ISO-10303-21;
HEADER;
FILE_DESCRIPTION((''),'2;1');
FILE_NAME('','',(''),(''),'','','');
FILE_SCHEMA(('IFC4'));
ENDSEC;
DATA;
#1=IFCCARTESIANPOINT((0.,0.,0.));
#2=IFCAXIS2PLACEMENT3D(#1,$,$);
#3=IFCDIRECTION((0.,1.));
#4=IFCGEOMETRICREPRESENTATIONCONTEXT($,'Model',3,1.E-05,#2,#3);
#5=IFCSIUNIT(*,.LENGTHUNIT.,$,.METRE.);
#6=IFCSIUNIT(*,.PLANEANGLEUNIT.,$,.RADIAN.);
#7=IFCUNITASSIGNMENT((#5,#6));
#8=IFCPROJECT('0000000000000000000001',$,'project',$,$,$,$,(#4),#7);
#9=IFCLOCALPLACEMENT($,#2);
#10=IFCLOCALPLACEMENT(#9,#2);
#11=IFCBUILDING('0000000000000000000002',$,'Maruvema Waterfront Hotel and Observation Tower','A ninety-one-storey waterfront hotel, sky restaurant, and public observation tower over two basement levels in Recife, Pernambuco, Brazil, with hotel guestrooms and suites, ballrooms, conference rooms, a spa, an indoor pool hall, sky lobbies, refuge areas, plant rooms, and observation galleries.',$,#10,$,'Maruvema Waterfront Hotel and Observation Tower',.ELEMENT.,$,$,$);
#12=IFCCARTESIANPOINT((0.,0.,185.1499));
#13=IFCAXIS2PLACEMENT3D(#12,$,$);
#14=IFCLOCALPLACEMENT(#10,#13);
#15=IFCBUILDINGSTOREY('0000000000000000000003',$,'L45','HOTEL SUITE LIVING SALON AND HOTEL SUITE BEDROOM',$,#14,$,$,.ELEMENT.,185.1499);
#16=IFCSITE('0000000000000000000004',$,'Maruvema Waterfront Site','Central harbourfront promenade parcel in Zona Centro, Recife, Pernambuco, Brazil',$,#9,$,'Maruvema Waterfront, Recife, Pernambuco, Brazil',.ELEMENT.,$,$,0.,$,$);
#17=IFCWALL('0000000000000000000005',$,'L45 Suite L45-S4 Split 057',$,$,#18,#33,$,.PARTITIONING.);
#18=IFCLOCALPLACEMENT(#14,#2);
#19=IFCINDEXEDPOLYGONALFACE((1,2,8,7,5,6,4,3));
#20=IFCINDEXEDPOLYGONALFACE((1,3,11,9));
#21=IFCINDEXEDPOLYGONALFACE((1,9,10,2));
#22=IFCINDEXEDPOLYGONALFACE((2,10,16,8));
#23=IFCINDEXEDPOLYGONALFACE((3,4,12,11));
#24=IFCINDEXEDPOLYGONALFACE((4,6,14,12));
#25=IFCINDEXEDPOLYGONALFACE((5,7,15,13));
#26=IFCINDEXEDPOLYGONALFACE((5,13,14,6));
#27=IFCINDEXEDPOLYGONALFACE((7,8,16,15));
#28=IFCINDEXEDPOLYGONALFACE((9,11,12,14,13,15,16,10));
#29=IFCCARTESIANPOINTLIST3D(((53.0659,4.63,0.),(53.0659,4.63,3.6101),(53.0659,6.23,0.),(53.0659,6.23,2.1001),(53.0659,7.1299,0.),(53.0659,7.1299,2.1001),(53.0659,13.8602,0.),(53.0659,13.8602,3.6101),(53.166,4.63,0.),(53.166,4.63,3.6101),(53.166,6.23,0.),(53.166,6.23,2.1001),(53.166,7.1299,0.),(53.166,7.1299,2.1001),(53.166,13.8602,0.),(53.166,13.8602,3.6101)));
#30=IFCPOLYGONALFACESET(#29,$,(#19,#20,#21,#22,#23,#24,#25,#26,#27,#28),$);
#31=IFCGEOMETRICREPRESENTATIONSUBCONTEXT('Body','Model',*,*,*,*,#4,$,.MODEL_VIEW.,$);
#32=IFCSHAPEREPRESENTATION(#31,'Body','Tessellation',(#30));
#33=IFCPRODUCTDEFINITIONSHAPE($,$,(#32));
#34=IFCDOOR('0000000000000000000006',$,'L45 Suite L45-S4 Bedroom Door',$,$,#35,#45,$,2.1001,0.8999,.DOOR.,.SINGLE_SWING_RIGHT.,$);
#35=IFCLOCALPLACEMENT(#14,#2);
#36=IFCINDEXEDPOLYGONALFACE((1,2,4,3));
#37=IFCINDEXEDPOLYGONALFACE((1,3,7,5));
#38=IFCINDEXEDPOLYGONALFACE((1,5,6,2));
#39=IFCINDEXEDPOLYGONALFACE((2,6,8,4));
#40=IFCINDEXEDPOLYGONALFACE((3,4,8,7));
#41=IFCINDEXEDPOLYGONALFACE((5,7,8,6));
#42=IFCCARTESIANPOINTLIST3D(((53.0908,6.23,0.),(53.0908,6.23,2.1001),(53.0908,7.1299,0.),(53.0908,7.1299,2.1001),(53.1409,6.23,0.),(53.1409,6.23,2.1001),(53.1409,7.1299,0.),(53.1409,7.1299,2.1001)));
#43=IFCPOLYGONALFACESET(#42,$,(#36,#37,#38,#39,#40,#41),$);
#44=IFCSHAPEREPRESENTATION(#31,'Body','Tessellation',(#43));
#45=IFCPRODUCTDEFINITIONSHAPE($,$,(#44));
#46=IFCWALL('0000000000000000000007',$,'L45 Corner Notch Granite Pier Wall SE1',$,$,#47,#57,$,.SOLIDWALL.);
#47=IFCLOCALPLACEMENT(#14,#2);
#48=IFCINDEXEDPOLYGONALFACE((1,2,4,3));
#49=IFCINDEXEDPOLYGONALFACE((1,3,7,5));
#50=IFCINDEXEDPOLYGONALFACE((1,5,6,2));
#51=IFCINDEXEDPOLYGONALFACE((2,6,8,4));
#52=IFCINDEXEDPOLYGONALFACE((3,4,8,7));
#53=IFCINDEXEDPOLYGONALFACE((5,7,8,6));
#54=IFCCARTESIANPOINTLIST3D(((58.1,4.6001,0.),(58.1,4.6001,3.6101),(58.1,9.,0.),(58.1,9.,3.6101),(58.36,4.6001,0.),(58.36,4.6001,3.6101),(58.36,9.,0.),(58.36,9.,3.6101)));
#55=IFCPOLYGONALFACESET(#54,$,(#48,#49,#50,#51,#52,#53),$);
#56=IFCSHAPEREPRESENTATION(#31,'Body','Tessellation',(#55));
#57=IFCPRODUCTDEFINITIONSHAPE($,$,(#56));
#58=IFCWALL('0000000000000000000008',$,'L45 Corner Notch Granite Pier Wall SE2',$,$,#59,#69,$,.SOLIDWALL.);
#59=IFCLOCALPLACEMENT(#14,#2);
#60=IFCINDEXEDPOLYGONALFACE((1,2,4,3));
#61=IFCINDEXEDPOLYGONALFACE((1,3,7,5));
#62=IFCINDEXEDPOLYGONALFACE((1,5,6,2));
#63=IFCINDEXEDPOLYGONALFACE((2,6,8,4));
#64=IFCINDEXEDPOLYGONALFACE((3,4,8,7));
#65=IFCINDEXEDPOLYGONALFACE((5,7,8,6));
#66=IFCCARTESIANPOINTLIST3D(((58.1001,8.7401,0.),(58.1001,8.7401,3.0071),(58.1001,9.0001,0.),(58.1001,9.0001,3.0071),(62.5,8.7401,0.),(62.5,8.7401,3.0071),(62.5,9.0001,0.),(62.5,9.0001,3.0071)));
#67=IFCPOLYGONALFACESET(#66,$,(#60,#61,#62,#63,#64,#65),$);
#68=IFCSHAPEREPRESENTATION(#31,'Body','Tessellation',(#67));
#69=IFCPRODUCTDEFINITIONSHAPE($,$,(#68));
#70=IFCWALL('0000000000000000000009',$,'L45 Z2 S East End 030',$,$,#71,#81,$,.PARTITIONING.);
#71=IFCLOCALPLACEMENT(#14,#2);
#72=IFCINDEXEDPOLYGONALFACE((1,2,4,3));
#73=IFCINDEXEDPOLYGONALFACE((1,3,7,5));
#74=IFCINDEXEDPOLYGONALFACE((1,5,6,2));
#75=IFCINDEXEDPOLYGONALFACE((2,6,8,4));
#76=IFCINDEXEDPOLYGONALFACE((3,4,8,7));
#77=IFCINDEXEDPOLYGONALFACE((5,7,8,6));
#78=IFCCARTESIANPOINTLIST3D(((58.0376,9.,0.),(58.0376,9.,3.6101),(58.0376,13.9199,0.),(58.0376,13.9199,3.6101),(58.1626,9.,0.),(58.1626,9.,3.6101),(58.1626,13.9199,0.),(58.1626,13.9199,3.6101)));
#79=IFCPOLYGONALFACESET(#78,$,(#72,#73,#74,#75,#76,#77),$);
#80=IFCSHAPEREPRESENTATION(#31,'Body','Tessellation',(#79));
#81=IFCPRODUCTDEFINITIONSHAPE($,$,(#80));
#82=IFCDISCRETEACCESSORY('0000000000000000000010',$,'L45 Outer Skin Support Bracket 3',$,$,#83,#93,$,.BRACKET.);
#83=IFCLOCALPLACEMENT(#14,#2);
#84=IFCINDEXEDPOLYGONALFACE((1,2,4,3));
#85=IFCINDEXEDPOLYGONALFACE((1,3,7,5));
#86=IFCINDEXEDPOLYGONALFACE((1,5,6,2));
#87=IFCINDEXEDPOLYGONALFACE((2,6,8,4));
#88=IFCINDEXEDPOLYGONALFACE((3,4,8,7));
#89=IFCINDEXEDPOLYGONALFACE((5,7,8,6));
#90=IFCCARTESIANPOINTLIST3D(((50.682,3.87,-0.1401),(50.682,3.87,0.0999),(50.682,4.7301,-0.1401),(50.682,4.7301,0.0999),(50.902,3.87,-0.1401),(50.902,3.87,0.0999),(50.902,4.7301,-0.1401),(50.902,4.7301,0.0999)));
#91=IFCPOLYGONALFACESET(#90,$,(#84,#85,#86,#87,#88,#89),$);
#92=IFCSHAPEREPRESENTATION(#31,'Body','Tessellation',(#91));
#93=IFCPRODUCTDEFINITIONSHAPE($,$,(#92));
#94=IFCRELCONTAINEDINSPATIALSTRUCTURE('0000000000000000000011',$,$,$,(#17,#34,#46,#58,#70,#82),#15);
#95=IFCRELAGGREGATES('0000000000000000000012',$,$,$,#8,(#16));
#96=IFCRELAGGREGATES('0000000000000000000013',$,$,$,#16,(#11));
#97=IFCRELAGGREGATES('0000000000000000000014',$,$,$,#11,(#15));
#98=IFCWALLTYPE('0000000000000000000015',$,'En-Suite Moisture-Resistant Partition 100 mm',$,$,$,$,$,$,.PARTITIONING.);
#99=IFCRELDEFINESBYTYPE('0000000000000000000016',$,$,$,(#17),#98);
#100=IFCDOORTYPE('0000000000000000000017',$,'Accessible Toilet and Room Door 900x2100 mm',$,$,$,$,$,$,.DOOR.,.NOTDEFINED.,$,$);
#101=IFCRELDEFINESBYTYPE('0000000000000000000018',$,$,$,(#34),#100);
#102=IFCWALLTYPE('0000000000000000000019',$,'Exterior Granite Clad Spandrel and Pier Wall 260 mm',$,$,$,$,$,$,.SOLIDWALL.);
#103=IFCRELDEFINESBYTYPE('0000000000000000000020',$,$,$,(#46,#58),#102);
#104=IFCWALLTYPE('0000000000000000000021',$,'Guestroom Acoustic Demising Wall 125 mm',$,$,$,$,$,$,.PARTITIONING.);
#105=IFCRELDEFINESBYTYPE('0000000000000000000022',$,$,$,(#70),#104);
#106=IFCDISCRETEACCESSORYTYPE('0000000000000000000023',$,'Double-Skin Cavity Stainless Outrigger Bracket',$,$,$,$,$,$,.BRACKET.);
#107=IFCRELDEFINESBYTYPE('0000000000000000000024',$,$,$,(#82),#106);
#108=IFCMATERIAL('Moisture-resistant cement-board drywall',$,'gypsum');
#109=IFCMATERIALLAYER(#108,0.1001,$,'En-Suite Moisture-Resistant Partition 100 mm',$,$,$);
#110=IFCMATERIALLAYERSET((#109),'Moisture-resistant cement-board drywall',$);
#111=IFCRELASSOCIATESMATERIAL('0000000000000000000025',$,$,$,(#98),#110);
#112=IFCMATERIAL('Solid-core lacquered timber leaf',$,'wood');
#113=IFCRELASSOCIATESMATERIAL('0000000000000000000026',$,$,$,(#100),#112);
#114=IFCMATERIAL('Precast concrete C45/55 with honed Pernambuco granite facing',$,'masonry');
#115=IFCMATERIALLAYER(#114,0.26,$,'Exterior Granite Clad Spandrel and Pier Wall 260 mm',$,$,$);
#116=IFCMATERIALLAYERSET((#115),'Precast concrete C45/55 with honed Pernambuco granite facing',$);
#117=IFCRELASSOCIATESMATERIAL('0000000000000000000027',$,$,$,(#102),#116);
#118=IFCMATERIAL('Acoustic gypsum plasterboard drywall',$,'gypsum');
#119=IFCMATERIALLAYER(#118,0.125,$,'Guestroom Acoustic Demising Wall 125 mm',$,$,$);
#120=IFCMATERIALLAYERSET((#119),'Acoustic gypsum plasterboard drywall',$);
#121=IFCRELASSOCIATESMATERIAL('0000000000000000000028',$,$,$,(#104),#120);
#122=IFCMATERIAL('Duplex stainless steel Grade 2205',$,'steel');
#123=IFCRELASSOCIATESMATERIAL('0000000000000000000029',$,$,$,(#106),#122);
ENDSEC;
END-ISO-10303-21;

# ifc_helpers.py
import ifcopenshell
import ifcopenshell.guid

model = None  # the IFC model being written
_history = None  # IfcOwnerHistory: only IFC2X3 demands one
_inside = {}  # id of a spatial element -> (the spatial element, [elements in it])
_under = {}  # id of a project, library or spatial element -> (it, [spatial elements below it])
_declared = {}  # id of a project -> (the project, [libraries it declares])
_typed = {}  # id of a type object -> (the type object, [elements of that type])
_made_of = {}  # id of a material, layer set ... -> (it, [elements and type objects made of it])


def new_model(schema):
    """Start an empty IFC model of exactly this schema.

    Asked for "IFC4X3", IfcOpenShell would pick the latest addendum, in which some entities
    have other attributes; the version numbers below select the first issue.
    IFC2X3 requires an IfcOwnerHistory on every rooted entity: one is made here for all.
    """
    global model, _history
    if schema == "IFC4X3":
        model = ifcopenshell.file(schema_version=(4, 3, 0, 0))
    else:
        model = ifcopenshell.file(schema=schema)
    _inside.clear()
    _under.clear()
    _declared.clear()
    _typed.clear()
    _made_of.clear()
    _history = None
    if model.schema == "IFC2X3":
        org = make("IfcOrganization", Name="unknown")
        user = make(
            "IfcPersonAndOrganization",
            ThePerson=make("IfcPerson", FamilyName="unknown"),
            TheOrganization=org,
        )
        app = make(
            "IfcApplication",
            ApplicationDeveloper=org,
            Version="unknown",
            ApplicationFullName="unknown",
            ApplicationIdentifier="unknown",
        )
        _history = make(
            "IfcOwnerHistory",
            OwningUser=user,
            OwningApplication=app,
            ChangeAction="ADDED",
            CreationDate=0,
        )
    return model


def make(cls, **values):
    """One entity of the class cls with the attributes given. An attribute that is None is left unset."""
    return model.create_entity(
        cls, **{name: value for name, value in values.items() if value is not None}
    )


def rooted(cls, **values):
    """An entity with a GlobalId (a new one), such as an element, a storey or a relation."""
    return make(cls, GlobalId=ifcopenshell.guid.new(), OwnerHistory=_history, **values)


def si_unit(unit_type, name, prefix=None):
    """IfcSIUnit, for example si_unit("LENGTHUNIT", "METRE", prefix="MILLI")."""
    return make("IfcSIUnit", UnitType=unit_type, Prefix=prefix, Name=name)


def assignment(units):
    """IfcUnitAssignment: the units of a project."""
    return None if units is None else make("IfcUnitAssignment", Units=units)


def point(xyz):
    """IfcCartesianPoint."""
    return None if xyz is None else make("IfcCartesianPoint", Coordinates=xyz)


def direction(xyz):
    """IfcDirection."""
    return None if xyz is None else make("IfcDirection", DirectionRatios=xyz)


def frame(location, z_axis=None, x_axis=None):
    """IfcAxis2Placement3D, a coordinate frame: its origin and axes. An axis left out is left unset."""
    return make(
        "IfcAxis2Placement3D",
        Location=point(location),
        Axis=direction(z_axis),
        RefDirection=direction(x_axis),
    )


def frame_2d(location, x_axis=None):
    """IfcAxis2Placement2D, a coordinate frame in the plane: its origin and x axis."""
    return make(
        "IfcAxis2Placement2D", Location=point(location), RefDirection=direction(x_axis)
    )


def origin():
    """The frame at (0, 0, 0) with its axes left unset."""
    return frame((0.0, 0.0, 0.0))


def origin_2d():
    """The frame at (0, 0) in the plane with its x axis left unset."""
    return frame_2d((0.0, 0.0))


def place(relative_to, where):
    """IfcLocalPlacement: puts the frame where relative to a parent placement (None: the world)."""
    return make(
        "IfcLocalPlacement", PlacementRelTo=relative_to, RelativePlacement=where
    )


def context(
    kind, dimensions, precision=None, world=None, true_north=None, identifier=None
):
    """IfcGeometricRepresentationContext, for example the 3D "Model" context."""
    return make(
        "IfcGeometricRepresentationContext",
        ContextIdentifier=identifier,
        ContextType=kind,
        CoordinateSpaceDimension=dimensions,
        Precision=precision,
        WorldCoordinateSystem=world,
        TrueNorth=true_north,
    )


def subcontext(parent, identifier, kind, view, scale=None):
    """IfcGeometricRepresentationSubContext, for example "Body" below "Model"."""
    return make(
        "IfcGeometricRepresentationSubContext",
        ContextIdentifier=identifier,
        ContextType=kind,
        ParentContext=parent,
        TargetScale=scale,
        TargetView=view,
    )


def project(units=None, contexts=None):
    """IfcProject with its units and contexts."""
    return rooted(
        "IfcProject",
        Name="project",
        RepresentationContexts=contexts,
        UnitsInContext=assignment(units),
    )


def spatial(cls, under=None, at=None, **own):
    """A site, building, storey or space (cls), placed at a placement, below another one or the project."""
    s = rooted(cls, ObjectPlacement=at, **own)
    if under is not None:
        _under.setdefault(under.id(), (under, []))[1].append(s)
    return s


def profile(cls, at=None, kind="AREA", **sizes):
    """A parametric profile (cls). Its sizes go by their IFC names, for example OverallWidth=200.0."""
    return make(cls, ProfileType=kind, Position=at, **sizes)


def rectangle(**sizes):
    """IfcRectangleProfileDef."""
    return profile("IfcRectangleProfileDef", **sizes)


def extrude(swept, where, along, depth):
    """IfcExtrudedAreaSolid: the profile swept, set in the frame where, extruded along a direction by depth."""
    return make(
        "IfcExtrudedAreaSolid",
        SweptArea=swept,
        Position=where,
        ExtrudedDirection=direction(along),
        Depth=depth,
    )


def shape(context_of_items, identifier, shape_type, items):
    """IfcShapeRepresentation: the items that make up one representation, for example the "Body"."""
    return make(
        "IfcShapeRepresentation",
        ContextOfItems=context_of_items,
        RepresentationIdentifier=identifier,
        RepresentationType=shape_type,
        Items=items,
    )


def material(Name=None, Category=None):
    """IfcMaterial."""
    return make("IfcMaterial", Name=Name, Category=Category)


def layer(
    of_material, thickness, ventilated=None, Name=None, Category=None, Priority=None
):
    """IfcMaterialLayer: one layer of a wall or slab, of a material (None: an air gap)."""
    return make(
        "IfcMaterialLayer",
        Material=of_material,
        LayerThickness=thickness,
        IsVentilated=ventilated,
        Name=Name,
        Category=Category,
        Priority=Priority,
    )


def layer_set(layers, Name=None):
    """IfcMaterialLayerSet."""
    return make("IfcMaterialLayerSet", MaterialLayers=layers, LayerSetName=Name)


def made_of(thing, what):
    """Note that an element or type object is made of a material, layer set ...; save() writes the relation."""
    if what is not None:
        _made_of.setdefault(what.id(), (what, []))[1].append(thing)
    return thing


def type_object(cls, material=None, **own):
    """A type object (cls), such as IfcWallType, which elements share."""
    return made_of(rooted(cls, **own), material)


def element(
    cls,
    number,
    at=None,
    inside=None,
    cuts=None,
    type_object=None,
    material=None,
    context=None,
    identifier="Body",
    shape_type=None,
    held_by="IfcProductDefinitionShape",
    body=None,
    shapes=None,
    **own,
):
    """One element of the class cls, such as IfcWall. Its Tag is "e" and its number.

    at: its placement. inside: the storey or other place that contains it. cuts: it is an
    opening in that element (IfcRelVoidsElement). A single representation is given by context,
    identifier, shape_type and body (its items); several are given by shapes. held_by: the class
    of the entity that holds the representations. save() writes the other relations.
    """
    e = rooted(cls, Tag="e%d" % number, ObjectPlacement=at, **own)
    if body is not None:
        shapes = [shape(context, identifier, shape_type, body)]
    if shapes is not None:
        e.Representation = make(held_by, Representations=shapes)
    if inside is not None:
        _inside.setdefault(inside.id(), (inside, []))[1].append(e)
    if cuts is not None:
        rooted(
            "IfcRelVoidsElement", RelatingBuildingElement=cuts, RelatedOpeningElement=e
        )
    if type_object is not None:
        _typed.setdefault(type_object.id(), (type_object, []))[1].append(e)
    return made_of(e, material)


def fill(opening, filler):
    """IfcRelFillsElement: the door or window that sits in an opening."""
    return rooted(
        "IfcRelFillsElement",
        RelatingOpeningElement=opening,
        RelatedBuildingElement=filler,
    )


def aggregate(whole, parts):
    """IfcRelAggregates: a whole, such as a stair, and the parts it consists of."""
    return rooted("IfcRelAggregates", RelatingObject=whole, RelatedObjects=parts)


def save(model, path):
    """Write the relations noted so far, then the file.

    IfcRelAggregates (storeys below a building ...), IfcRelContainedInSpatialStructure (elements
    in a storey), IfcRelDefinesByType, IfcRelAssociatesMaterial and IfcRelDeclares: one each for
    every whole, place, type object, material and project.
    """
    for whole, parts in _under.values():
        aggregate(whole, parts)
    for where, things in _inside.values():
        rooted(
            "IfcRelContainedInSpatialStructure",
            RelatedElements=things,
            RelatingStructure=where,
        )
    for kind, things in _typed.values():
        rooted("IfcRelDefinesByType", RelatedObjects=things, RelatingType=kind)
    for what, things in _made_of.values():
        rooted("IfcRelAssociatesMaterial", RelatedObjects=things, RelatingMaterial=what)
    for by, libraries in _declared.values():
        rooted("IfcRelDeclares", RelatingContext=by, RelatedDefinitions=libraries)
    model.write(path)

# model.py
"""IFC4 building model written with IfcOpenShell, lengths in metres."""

from ifc_helpers import new_model, si_unit, direction, frame, frame_2d, origin, origin_2d, place, context, subcontext, project, spatial, rectangle, extrude, material, layer, layer_set, type_object, element, fill, save


model = new_model("IFC4")

# Units and contexts
model_context = context("Model", 3, precision=1e-05, world=origin(), true_north=direction((0.0, 1.0)))
body_context = subcontext(model_context, "Body", "Model", "MODEL_VIEW")
ifc_project = project(units=[si_unit("LENGTHUNIT", "METRE"), si_unit("PLANEANGLEUNIT", "RADIAN")], contexts=[model_context])

# Site, building, storey
site_placement = place(None, origin())
site = spatial("IfcSite", under=ifc_project, at=site_placement, Name="Maruvema Waterfront Site", Description="Central harbourfront promenade parcel in Zona Centro, Recife, Pernambuco, Brazil", LongName="Maruvema Waterfront, Recife, Pernambuco, Brazil", CompositionType="ELEMENT", RefElevation=0.0)
building_placement = place(site_placement, origin())
building = spatial("IfcBuilding", under=site, at=building_placement, Name="Maruvema Waterfront Hotel and Observation Tower", Description="A ninety-one-storey waterfront hotel, sky restaurant, and public observation tower over two basement levels in Recife, Pernambuco, Brazil, with hotel guestrooms and suites, ballrooms, conference rooms, a spa, an indoor pool hall, sky lobbies, refuge areas, plant rooms, and observation galleries.", LongName="Maruvema Waterfront Hotel and Observation Tower", CompositionType="ELEMENT")
storey_placement = place(building_placement, frame((0.0, 0.0, 185.1499)))
storey = spatial("IfcBuildingStorey", under=building, at=storey_placement, Name="L45", Description="HOTEL SUITE LIVING SALON AND HOTEL SUITE BEDROOM", CompositionType="ELEMENT", Elevation=185.1499)

# Shared definitions
ifc_material_1 = material(Name="Moisture-resistant cement-board drywall", Category="gypsum")
ifc_layer_1 = layer(ifc_material_1, 0.1001, Name="En-Suite Moisture-Resistant Partition 100 mm")
ifc_layer_set_1 = layer_set([ifc_layer_1], Name="Moisture-resistant cement-board drywall")
wall_type_1 = type_object("IfcWallType", Name="En-Suite Moisture-Resistant Partition 100 mm", PredefinedType="PARTITIONING", material=ifc_layer_set_1)

# Wall, opening, door
wall_1_placement = place(storey_placement, frame((53.116, 4.6299, 0.0), z_axis=(0.0, 0.0, 1.0), x_axis=(0.0, 1.0, 0.0)))
wall_1 = element("IfcWall", 1, at=wall_1_placement, inside=storey, type_object=wall_type_1, Name="L45 Suite L45-S4 Split 057", PredefinedType="PARTITIONING", context=body_context, shape_type="SweptSolid", body=[
    extrude(rectangle(XDim=9.2302, YDim=0.1001, at=frame_2d((4.6152, 0.0))), origin(), (0.0, 0.0, 1.0), 3.6101),
])
opening_1_placement = place(wall_1_placement, frame((1.6001, 0.0, 0.0)))
opening_1 = element("IfcOpeningElement", 2, at=opening_1_placement, cuts=wall_1, PredefinedType="OPENING", context=body_context, shape_type="SweptSolid", body=[
    extrude(rectangle(XDim=0.8999, YDim=2.1001, at=frame_2d((0.45, 1.05))), frame((0.0, 0.0601, 0.0), z_axis=(0.0, -1.0, 0.0), x_axis=(1.0, 0.0, 0.0)), (0.0, 0.0, 1.0), 0.1201),
])
ifc_material_2 = material(Name="Solid-core lacquered timber leaf", Category="wood")
door_type_1 = type_object("IfcDoorType", Name="Accessible Toilet and Room Door 900x2100 mm", OperationType="NOTDEFINED", PredefinedType="DOOR", material=ifc_material_2)
door_1_placement = place(opening_1_placement, frame((0.8999, 0.0, 0.0), z_axis=(0.0, 0.0, 1.0), x_axis=(-1.0, 0.0, 0.0)))
door_1 = element("IfcDoor", 3, at=door_1_placement, inside=storey, type_object=door_type_1, Name="L45 Suite L45-S4 Bedroom Door", OperationType="SINGLE_SWING_RIGHT", OverallHeight=2.1001, OverallWidth=0.8999, PredefinedType="DOOR", context=body_context, shape_type="SweptSolid", body=[
    extrude(rectangle(XDim=0.8999, YDim=2.1001, at=frame_2d((0.45, 1.05))), frame((0.0, 0.0249, 0.0), z_axis=(0.0, -1.0, 0.0), x_axis=(1.0, 0.0, 0.0)), (0.0, 0.0, 1.0), 0.05),
])
fill(opening_1, door_1)

# Walls
ifc_material_3 = material(Name="Precast concrete C45/55 with honed Pernambuco granite facing", Category="masonry")
ifc_layer_2 = layer(ifc_material_3, 0.26, Name="Exterior Granite Clad Spandrel and Pier Wall 260 mm")
ifc_layer_set_2 = layer_set([ifc_layer_2], Name="Precast concrete C45/55 with honed Pernambuco granite facing")
wall_type_2 = type_object("IfcWallType", Name="Exterior Granite Clad Spandrel and Pier Wall 260 mm", PredefinedType="SOLIDWALL", material=ifc_layer_set_2)
wall_2_placement = place(storey_placement, frame((58.23, 9.0, 0.0), z_axis=(0.0, 0.0, 1.0), x_axis=(0.0, -1.0, 0.0)))
element("IfcWall", 4, at=wall_2_placement, inside=storey, type_object=wall_type_2, Name="L45 Corner Notch Granite Pier Wall SE1", PredefinedType="SOLIDWALL", context=body_context, shape_type="SweptSolid", body=[
    extrude(rectangle(XDim=4.3999, YDim=0.26, at=frame_2d((2.2, 0.0))), origin(), (0.0, 0.0, 1.0), 3.6101),
])
wall_3_placement = place(storey_placement, frame((62.5, 8.8701, 0.0), z_axis=(0.0, 0.0, 1.0), x_axis=(-1.0, 0.0, 0.0)))
element("IfcWall", 5, at=wall_3_placement, inside=storey, type_object=wall_type_2, Name="L45 Corner Notch Granite Pier Wall SE2", PredefinedType="SOLIDWALL", context=body_context, shape_type="SweptSolid", body=[
    extrude(rectangle(XDim=4.3999, YDim=0.26, at=frame_2d((2.2, 0.0))), origin(), (0.0, 0.0, 1.0), 3.0071),
])
ifc_material_4 = material(Name="Acoustic gypsum plasterboard drywall", Category="gypsum")
ifc_layer_3 = layer(ifc_material_4, 0.125, Name="Guestroom Acoustic Demising Wall 125 mm")
ifc_layer_set_3 = layer_set([ifc_layer_3], Name="Acoustic gypsum plasterboard drywall")
wall_type_3 = type_object("IfcWallType", Name="Guestroom Acoustic Demising Wall 125 mm", PredefinedType="PARTITIONING", material=ifc_layer_set_3)
wall_4_placement = place(storey_placement, frame((58.1001, 9.0, 0.0), z_axis=(0.0, 0.0, 1.0), x_axis=(0.0, 1.0, 0.0)))
element("IfcWall", 6, at=wall_4_placement, inside=storey, type_object=wall_type_3, Name="L45 Z2 S East End 030", PredefinedType="PARTITIONING", context=body_context, shape_type="SweptSolid", body=[
    extrude(rectangle(XDim=4.9199, YDim=0.125, at=frame_2d((2.46, 0.0))), origin(), (0.0, 0.0, 1.0), 3.6101),
])

# Discrete accessory
ifc_material_5 = material(Name="Duplex stainless steel Grade 2205", Category="steel")
discrete_accessory_type = type_object("IfcDiscreteAccessoryType", Name="Double-Skin Cavity Stainless Outrigger Bracket", PredefinedType="BRACKET", material=ifc_material_5)
discrete_accessory_placement = place(storey_placement, frame((50.792, 4.3, -0.1401), z_axis=(0.0, 0.0, 1.0), x_axis=(1.0, 0.0, 0.0)))
element("IfcDiscreteAccessory", 7, at=discrete_accessory_placement, inside=storey, type_object=discrete_accessory_type, Name="L45 Outer Skin Support Bracket 3", PredefinedType="BRACKET", context=body_context, shape_type="SweptSolid", body=[
    extrude(rectangle(XDim=0.22, YDim=0.8601, at=origin_2d()), origin(), (0.0, 0.0, 1.0), 0.24),
])

save(model, "model.ifc")
